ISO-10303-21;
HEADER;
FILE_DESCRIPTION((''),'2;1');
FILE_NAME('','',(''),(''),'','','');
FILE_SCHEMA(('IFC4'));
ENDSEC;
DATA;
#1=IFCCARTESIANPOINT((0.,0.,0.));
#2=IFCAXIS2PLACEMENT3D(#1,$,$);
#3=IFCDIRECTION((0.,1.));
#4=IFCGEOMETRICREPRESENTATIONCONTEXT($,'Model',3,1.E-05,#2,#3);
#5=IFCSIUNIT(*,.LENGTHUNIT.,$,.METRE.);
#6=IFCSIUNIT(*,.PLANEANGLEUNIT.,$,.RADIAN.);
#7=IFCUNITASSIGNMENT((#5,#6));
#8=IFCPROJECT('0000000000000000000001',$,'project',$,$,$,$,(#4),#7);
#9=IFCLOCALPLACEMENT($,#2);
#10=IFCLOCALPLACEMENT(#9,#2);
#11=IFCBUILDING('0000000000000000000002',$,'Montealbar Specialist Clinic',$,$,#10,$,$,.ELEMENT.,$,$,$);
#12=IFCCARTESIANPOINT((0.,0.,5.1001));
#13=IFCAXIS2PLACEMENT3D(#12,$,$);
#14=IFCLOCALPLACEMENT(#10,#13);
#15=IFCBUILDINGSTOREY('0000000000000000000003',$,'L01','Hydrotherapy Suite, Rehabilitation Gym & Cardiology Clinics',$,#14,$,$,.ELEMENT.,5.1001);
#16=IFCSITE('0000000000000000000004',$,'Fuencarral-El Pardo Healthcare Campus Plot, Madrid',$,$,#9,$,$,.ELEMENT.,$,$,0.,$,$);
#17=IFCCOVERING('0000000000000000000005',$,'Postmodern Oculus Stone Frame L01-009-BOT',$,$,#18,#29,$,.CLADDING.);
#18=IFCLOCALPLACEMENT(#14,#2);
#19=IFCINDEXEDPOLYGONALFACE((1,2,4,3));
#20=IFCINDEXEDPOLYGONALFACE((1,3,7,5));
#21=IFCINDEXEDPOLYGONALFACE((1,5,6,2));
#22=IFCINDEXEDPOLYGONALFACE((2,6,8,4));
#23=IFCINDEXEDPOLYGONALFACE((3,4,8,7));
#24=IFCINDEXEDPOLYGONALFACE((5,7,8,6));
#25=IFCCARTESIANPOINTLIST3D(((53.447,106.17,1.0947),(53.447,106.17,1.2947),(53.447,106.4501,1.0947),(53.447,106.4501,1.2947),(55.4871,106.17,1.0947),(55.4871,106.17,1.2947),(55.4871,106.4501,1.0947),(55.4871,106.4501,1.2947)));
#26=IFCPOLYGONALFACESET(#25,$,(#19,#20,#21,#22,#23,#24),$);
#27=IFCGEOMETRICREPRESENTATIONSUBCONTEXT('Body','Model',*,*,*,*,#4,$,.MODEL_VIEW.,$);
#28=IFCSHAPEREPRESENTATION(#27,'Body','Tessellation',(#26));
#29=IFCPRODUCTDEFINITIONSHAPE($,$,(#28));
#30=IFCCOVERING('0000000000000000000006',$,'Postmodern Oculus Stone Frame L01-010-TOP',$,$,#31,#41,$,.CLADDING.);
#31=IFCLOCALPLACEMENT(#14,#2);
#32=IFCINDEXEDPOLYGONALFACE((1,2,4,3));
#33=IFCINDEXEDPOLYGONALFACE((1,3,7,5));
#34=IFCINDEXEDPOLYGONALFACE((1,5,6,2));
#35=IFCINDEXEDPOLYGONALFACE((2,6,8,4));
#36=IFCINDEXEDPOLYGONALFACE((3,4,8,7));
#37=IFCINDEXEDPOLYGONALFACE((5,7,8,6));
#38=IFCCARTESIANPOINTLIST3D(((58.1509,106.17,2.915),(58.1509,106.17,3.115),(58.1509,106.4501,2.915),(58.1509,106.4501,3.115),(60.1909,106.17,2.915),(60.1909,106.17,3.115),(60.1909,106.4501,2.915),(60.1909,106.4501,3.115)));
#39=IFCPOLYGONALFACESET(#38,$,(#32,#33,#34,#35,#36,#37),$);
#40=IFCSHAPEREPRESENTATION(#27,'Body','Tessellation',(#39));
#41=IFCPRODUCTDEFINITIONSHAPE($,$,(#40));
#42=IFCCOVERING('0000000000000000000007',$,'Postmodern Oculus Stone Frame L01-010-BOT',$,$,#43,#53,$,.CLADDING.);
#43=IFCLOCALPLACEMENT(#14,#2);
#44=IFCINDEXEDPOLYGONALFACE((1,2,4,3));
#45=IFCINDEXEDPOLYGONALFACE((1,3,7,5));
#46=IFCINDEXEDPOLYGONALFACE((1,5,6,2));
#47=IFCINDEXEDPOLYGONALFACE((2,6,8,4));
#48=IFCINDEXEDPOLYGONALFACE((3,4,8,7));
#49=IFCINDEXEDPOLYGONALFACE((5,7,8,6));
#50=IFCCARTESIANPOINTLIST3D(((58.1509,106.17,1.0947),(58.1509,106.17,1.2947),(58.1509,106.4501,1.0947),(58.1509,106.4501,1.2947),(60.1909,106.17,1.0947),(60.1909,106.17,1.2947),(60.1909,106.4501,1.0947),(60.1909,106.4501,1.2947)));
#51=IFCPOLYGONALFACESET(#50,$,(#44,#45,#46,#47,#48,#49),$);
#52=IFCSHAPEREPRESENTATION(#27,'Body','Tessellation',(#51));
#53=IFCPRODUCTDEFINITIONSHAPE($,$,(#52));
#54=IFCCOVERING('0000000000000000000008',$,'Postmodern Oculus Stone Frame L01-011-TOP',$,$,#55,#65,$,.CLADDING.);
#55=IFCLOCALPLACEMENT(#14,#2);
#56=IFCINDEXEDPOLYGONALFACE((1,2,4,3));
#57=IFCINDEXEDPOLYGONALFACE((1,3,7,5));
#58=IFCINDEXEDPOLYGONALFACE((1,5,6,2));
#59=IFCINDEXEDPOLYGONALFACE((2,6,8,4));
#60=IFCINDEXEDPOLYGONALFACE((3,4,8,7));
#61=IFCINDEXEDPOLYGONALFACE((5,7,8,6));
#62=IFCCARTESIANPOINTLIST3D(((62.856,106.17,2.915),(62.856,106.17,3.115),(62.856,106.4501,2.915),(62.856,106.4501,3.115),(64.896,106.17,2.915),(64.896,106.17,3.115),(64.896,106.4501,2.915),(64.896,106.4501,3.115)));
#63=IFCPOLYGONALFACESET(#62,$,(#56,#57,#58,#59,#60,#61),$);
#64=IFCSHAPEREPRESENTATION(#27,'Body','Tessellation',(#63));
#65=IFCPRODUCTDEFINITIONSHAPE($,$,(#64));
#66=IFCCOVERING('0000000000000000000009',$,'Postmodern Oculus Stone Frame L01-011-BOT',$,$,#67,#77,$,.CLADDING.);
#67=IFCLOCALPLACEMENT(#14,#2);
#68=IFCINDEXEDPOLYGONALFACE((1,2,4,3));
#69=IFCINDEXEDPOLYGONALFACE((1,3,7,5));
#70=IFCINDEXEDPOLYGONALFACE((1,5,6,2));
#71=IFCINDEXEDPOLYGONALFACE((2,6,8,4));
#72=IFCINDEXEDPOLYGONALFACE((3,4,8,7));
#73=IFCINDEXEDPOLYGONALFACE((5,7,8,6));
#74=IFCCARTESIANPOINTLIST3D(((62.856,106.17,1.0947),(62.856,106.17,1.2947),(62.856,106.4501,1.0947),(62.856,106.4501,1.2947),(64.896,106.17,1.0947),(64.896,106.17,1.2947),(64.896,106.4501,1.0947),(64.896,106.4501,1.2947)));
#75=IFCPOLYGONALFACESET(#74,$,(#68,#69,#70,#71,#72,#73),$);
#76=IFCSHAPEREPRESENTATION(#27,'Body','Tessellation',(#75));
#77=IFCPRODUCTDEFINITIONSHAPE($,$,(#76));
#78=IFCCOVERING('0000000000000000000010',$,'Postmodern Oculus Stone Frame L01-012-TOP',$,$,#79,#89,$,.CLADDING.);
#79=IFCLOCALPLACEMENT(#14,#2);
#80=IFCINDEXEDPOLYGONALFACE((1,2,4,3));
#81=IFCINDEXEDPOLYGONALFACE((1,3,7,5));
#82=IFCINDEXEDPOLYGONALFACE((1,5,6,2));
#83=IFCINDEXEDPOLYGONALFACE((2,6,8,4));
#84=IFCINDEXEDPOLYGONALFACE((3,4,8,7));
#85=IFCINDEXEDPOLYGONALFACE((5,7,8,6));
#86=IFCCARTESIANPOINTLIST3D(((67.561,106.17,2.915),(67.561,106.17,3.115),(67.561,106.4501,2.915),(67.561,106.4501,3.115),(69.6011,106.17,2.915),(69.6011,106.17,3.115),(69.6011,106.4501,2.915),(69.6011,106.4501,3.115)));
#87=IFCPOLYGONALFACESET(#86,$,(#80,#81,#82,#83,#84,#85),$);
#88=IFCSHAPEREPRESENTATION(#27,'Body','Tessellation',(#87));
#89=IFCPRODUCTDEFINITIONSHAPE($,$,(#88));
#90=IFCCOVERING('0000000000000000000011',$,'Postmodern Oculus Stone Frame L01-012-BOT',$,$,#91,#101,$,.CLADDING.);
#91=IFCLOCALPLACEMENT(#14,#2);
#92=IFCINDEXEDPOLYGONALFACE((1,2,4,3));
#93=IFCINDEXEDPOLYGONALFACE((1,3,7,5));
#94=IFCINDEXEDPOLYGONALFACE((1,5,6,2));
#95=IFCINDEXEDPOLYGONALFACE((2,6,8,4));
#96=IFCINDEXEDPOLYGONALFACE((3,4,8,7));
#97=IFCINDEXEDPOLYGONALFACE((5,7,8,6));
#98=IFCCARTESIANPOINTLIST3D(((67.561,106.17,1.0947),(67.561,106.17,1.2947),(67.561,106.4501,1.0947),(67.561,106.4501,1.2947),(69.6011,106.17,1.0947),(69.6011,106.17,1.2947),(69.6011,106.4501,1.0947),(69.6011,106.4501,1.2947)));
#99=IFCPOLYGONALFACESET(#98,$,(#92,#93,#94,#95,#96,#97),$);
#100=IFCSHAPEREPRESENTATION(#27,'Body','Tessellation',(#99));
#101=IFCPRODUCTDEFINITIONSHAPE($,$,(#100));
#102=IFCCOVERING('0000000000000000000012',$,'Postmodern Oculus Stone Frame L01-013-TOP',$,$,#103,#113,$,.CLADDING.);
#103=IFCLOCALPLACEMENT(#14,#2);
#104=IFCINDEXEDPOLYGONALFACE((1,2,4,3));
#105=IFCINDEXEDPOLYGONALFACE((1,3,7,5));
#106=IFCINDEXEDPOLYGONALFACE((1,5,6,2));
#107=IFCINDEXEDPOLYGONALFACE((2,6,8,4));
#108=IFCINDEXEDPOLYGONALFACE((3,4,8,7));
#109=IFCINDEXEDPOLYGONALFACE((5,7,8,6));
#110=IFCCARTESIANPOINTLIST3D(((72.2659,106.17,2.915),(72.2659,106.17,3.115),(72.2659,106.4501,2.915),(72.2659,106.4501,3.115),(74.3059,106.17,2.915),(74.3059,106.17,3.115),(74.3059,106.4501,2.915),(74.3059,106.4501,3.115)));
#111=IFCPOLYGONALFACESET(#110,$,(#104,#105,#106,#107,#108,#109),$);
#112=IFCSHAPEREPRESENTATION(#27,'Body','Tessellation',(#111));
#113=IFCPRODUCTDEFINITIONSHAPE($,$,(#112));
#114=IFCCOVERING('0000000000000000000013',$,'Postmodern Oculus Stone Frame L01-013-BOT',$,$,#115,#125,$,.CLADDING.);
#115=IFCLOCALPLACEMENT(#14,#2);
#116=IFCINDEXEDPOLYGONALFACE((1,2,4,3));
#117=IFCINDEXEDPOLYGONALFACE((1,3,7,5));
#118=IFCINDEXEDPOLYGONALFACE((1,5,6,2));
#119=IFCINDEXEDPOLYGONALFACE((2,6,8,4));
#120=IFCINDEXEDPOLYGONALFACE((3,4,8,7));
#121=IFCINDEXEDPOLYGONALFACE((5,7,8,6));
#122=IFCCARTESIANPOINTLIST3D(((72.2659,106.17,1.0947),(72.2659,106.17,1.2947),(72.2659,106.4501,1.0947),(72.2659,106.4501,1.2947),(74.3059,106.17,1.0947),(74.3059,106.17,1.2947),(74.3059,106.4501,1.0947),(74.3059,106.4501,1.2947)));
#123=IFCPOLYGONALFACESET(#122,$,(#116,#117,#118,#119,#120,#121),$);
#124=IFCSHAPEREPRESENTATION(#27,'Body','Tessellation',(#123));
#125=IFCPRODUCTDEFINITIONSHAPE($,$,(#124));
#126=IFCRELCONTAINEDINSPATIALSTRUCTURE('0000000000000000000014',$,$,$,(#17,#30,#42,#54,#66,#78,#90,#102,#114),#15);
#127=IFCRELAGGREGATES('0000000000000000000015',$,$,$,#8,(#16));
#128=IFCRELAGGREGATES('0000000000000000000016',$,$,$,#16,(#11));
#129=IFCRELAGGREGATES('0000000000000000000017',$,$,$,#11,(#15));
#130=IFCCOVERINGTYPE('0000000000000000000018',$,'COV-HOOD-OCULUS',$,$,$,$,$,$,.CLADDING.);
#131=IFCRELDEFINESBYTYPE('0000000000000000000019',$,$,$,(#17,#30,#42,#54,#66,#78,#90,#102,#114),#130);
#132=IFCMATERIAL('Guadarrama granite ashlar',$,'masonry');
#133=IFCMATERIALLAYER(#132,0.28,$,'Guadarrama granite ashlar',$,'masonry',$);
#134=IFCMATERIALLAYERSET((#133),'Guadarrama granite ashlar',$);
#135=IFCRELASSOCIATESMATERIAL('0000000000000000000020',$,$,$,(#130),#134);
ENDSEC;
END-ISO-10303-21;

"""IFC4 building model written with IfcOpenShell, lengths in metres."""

from ifc_helpers import new_model, si_unit, direction, frame, origin, origin_2d, place, context, subcontext, project, spatial, rectangle, extrude, material, layer, layer_set, type_object, element, save


model = new_model("IFC4")

# Units and contexts
model_context = context("Model", 3, precision=1e-05, world=origin(), true_north=direction((0.0, 1.0)))
body_context = subcontext(model_context, "Body", "Model", "MODEL_VIEW")
ifc_project = project(units=[si_unit("LENGTHUNIT", "METRE"), si_unit("PLANEANGLEUNIT", "RADIAN")], contexts=[model_context])

# Site, building, storey
site_placement = place(None, origin())
site = spatial("IfcSite", under=ifc_project, at=site_placement, Name="Fuencarral-El Pardo Healthcare Campus Plot, Madrid", CompositionType="ELEMENT", RefElevation=0.0)
building_placement = place(site_placement, origin())
building = spatial("IfcBuilding", under=site, at=building_placement, Name="Montealbar Specialist Clinic", CompositionType="ELEMENT")
storey_placement = place(building_placement, frame((0.0, 0.0, 5.1001)))
storey = spatial("IfcBuildingStorey", under=building, at=storey_placement, Name="L01", Description="Hydrotherapy Suite, Rehabilitation Gym & Cardiology Clinics", CompositionType="ELEMENT", Elevation=5.1001)

# Shared definitions
ifc_material_1 = material(Name="Guadarrama granite ashlar", Category="masonry")

# Coverings
ifc_layer_1 = layer(ifc_material_1, 0.28, Name="Guadarrama granite ashlar", Category="masonry")
ifc_layer_set_1 = layer_set([ifc_layer_1], Name="Guadarrama granite ashlar")
covering_type = type_object("IfcCoveringType", Name="COV-HOOD-OCULUS", PredefinedType="CLADDING", material=ifc_layer_set_1)
for number, where, z_axis, x_axis, name in (
    (1, (54.467, 106.3101, 1.0947), (0.0, 0.0, 1.0), (1.0, 0.0, 0.0), "Postmodern Oculus Stone Frame L01-009-BOT"),
    (2, (59.1709, 106.3101, 2.915), (0.0, 0.0, 1.0), (1.0, 0.0, 0.0), "Postmodern Oculus Stone Frame L01-010-TOP"),
    (3, (59.1709, 106.3101, 1.0947), (0.0, 0.0, 1.0), (1.0, 0.0, 0.0), "Postmodern Oculus Stone Frame L01-010-BOT"),
    (4, (63.876, 106.3101, 2.915), (0.0, 0.0, 1.0), (1.0, 0.0, 0.0), "Postmodern Oculus Stone Frame L01-011-TOP"),
    (5, (63.876, 106.3101, 1.0947), (0.0, 0.0, 1.0), (1.0, 0.0, 0.0), "Postmodern Oculus Stone Frame L01-011-BOT"),
    (6, (68.5811, 106.3101, 2.915), (0.0, 0.0, 1.0), (1.0, 0.0, 0.0), "Postmodern Oculus Stone Frame L01-012-TOP"),
    (7, (68.5811, 106.3101, 1.0947), (0.0, 0.0, 1.0), (1.0, 0.0, 0.0), "Postmodern Oculus Stone Frame L01-012-BOT"),
    (8, (73.2859, 106.3101, 2.915), (0.0, 0.0, 1.0), (1.0, 0.0, 0.0), "Postmodern Oculus Stone Frame L01-013-TOP"),
    (9, (73.2859, 106.3101, 1.0947), (0.0, 0.0, 1.0), (1.0, 0.0, 0.0), "Postmodern Oculus Stone Frame L01-013-BOT"),
):
    element("IfcCovering", number, at=place(storey_placement, frame(where, z_axis=z_axis, x_axis=x_axis)), inside=storey, type_object=covering_type, Name=name, PredefinedType="CLADDING", context=body_context, shape_type="SweptSolid", body=[
        extrude(rectangle(XDim=2.04, YDim=0.28, at=origin_2d()), origin(), (0.0, 0.0, 1.0), 0.2),
    ])

save(model, "model.ifc")
